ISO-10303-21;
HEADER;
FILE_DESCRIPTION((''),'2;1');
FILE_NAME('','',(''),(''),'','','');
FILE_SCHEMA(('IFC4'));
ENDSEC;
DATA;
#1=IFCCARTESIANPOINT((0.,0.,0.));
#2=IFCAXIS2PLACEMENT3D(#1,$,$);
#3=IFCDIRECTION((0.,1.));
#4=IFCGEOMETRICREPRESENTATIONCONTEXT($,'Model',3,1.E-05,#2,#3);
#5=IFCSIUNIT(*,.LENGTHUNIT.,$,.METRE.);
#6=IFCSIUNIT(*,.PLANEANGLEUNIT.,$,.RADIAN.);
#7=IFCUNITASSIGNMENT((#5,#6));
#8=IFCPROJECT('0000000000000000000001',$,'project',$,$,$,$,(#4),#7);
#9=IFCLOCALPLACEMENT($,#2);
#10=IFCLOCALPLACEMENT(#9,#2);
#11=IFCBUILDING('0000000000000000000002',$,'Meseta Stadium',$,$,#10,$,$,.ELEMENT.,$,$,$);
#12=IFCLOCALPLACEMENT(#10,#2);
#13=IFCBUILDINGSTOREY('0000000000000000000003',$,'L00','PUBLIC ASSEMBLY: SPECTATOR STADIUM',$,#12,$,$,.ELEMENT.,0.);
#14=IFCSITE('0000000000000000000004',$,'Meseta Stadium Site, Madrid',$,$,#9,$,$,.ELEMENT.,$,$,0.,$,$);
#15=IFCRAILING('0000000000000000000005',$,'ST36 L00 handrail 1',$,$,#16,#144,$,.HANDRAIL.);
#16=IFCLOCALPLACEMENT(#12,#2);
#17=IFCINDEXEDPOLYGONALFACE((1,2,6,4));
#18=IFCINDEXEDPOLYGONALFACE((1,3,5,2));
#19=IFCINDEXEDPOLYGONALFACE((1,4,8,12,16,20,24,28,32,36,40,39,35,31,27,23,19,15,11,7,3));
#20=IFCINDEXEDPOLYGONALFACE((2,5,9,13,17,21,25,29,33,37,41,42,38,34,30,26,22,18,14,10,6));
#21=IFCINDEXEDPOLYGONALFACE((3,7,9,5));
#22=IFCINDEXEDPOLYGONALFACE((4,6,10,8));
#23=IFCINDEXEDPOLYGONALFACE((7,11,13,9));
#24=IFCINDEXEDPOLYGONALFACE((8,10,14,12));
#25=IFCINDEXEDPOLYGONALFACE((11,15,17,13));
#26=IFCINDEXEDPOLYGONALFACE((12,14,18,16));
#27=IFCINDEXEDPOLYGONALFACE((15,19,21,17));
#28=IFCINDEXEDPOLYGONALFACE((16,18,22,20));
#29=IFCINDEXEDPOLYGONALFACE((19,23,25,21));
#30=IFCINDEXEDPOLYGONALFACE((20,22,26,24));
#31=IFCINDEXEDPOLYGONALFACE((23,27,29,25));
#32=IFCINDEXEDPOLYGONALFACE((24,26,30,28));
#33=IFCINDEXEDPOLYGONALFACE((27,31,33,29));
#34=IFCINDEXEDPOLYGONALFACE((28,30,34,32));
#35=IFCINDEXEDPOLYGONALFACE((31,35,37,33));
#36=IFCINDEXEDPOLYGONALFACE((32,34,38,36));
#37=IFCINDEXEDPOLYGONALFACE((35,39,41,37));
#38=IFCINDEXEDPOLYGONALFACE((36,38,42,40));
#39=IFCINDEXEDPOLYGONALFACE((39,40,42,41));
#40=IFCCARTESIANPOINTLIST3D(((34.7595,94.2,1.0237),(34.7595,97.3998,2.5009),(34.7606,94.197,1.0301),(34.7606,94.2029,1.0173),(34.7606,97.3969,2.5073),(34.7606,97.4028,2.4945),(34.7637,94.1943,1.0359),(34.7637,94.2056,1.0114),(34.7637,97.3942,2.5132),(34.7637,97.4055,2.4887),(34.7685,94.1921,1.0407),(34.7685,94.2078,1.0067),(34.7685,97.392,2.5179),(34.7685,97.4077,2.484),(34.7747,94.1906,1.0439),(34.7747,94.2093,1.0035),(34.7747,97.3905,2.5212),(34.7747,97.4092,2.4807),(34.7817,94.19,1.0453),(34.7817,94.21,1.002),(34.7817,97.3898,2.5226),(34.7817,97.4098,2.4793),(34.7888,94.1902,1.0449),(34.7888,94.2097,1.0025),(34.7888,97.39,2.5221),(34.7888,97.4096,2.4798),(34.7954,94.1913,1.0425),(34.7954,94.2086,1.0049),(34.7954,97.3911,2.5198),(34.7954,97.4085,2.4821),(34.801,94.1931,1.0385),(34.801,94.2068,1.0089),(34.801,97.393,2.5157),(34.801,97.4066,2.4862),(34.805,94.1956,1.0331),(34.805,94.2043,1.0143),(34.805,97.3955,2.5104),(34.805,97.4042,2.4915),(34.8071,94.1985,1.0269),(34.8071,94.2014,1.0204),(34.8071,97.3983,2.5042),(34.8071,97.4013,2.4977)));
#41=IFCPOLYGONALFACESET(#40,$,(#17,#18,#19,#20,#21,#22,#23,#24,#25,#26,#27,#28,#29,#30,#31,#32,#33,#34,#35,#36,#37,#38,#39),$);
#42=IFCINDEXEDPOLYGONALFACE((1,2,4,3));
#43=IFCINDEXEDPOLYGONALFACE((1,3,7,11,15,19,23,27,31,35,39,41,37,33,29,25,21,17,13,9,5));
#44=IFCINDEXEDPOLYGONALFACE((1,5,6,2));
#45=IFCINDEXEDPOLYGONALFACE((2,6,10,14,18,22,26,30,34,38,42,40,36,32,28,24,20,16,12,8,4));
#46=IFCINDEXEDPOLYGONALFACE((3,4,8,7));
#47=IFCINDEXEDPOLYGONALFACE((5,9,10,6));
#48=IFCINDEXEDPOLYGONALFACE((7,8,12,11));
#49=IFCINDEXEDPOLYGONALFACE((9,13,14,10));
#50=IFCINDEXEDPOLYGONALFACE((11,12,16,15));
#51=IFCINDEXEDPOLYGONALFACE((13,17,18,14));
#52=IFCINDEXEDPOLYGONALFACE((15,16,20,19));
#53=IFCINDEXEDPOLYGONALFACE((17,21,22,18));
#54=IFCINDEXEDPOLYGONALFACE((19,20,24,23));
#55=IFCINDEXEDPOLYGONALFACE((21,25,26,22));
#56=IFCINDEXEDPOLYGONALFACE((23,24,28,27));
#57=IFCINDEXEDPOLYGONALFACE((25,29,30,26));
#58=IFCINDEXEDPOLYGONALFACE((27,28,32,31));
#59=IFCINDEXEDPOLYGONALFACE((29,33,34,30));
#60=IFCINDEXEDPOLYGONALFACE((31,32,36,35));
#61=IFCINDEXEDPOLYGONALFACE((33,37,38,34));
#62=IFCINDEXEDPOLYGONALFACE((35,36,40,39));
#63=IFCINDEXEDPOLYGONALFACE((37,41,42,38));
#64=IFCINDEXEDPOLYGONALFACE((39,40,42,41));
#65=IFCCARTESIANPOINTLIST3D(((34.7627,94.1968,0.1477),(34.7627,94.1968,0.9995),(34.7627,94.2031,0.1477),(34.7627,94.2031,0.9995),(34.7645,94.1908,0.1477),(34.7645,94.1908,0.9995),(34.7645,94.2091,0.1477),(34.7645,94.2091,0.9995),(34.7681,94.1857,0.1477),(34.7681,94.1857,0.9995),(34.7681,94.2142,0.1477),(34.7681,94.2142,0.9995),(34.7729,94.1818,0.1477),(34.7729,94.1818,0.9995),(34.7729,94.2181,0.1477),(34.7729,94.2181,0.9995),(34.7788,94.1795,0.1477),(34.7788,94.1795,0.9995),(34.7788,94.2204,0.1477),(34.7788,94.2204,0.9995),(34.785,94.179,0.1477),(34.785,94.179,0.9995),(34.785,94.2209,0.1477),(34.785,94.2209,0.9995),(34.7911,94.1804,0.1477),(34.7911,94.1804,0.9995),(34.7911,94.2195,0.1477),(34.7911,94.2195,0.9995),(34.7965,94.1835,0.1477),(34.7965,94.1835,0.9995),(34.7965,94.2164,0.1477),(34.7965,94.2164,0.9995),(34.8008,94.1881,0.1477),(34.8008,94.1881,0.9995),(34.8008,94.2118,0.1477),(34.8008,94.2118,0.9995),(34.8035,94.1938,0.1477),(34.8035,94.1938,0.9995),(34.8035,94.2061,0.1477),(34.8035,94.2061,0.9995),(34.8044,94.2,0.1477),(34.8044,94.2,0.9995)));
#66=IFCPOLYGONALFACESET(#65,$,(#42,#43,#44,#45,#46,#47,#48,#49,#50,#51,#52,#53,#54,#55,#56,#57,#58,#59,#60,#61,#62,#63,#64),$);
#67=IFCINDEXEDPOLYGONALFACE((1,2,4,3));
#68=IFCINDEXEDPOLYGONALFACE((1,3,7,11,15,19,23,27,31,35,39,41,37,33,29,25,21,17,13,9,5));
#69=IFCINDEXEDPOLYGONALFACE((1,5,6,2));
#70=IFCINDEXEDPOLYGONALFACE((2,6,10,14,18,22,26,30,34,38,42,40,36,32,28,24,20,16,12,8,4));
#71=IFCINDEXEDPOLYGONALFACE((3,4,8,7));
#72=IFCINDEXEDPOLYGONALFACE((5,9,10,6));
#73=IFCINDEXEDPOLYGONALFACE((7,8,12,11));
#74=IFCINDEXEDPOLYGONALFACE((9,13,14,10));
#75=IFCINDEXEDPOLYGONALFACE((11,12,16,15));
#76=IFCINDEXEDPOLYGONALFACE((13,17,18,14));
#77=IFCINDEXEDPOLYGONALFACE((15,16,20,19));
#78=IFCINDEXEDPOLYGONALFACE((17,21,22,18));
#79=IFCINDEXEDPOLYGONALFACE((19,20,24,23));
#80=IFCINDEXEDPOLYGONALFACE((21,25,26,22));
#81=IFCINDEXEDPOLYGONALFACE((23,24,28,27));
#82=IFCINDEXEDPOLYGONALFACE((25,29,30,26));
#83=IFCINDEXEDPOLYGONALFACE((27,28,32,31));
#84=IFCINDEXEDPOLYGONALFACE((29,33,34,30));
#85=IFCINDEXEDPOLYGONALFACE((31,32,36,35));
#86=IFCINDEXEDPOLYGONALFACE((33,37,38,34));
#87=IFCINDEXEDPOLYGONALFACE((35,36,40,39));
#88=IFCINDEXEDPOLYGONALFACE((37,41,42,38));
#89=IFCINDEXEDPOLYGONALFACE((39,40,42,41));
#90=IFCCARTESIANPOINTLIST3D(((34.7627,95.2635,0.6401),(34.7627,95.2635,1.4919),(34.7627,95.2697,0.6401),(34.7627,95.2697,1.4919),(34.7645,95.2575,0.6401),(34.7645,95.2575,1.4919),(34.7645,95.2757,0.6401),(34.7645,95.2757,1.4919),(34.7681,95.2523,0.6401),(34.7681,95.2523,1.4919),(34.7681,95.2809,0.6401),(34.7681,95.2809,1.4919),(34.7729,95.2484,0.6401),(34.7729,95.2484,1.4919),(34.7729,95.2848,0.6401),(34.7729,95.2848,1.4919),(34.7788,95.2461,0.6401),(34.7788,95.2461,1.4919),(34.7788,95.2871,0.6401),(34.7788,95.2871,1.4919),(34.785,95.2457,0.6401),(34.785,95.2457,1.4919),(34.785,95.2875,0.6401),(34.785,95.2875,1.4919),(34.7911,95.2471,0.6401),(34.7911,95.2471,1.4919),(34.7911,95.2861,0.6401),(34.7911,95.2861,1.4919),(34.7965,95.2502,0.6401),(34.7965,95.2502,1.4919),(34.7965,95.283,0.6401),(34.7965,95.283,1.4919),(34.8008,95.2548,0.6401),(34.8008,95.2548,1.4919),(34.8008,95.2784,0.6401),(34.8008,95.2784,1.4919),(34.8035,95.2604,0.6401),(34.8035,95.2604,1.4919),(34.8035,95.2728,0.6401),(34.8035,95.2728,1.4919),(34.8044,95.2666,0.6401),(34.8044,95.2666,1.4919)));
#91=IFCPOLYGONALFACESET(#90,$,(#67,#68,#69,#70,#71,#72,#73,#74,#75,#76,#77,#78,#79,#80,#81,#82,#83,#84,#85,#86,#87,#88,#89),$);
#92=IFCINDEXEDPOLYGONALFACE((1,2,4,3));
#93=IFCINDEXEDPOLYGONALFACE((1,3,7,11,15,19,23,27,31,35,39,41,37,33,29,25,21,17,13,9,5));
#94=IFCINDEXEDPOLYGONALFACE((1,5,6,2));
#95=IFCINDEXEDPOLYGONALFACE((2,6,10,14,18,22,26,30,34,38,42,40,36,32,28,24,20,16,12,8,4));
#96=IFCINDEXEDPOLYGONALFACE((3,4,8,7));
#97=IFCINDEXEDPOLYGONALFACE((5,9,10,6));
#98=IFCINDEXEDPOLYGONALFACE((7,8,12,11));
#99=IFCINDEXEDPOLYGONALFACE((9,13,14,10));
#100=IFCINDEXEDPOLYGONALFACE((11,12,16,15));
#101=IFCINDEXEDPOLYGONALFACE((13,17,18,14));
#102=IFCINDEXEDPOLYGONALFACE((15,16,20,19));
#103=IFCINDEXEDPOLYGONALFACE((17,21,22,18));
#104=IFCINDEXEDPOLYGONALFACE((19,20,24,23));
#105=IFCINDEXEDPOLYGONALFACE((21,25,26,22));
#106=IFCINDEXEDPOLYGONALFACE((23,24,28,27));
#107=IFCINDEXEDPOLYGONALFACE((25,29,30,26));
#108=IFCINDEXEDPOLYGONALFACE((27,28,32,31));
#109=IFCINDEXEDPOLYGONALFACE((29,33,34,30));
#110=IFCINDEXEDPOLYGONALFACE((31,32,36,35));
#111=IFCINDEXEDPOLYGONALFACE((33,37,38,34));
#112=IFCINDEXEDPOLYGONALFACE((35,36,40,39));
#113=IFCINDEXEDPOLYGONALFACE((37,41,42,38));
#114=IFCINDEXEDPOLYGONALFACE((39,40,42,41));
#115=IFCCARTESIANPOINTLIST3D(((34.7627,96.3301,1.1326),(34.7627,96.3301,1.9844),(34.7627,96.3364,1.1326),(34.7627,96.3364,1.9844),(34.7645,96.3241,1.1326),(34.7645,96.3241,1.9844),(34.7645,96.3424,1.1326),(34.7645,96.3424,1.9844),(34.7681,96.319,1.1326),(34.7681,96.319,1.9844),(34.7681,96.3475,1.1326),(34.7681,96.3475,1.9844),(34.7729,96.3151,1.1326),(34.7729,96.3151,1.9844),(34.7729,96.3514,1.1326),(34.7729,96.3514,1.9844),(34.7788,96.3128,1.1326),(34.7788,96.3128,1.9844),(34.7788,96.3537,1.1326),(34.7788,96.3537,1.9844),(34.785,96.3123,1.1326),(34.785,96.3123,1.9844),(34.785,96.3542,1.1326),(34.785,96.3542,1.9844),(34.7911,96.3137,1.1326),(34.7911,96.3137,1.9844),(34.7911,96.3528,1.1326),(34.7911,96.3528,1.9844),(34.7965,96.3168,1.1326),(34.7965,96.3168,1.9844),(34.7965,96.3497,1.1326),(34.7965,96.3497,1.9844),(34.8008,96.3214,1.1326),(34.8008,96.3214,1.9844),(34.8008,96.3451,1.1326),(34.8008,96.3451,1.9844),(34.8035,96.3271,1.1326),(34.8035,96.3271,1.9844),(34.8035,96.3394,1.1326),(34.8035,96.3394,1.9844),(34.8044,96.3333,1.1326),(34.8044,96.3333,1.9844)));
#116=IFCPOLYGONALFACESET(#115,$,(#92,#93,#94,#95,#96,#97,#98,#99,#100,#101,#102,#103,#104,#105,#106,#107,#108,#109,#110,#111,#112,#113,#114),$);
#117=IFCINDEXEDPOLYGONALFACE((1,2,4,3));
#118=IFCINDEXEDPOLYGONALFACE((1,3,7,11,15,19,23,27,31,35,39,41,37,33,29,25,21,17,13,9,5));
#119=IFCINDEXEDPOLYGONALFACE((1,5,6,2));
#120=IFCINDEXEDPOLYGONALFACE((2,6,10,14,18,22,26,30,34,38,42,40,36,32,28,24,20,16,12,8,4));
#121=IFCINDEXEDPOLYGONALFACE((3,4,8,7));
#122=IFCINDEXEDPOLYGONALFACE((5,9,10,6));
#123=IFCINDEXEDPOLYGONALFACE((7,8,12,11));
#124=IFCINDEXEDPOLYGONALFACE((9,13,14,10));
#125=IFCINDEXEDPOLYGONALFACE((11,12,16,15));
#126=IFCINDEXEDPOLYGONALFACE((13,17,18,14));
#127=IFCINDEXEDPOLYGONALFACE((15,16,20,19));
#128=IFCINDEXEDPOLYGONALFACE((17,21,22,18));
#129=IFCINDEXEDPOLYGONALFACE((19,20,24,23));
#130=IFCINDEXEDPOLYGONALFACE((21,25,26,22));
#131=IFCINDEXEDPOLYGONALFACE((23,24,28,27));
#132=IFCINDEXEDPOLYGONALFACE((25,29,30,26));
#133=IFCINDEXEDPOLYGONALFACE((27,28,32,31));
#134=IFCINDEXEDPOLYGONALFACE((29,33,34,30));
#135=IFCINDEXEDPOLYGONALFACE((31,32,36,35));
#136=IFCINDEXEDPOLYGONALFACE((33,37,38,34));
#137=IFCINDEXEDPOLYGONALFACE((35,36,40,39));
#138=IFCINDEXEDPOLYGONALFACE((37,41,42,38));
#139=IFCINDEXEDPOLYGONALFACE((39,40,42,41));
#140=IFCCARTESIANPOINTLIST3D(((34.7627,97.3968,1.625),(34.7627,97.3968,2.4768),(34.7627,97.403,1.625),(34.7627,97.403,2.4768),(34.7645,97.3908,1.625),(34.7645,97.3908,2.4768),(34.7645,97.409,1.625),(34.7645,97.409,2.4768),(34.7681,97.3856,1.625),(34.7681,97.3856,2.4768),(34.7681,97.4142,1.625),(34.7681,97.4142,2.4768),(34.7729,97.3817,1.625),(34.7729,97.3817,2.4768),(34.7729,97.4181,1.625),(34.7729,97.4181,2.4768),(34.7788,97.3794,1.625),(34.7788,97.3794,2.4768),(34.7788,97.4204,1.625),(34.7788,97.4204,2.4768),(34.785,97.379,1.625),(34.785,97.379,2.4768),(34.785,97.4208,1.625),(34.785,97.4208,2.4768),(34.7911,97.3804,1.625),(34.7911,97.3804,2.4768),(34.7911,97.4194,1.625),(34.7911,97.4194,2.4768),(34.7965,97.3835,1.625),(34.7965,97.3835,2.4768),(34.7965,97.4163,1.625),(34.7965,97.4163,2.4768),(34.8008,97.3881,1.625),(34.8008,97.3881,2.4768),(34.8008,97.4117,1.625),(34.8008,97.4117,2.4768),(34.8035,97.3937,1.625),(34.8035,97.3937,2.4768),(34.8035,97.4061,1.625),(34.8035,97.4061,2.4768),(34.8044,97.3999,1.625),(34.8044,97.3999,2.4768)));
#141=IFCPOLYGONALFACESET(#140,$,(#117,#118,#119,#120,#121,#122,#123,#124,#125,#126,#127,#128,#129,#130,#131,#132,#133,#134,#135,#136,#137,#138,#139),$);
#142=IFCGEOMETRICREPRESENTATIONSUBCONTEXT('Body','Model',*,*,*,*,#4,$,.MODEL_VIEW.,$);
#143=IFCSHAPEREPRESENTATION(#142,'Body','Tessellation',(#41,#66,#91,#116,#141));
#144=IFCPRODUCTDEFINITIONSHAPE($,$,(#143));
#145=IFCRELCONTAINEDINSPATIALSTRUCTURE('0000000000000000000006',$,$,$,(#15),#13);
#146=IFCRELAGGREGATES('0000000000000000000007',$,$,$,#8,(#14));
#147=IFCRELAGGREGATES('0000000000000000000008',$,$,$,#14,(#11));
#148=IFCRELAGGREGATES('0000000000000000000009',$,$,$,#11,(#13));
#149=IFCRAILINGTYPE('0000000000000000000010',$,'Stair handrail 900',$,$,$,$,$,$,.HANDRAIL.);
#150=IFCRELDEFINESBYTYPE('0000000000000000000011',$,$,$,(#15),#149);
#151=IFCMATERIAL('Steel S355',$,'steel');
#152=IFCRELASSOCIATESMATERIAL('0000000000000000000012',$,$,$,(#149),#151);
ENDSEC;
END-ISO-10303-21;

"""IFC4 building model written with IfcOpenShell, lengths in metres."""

from ifc_helpers import new_model, si_unit, direction, frame, origin, origin_2d, place, context, subcontext, project, spatial, circle, extrude, material, type_object, element, save


model = new_model("IFC4")

# Units and contexts
model_context = context("Model", 3, precision=1e-05, world=origin(), true_north=direction((0.0, 1.0)))
body_context = subcontext(model_context, "Body", "Model", "MODEL_VIEW")
ifc_project = project(units=[si_unit("LENGTHUNIT", "METRE"), si_unit("PLANEANGLEUNIT", "RADIAN")], contexts=[model_context])

# Site, building, storey
site_placement = place(None, origin())
site = spatial("IfcSite", under=ifc_project, at=site_placement, Name="Meseta Stadium Site, Madrid", CompositionType="ELEMENT", RefElevation=0.0)
building_placement = place(site_placement, origin())
building = spatial("IfcBuilding", under=site, at=building_placement, Name="Meseta Stadium", CompositionType="ELEMENT")
storey_placement = place(building_placement, origin())
storey = spatial("IfcBuildingStorey", under=building, at=storey_placement, Name="L00", Description="PUBLIC ASSEMBLY: SPECTATOR STADIUM", CompositionType="ELEMENT", Elevation=0.0)

# Railing
ifc_material_1 = material(Name="Steel S355", Category="steel")
railing_type_1 = type_object("IfcRailingType", Name="Stair handrail 900", PredefinedType="HANDRAIL", material=ifc_material_1)
for number, where, name in (
    (1, (34.7834, 94.2, 0.1477), "ST36 L00 handrail 1"),
):
    element("IfcRailing", number, at=place(storey_placement, frame(where)), inside=storey, type_object=railing_type_1, Name=name, PredefinedType="HANDRAIL", context=body_context, shape_type="SweptSolid", body=[
        extrude(circle(Radius=0.0239, at=origin_2d()), frame((0.0, 0.0, 0.876), z_axis=(0.0, 0.907917, 0.41915), x_axis=(-1.0, 0.0, 0.0)), (0.0, 0.0, 1.0), 3.5244),
        extrude(circle(Radius=0.021, at=origin_2d()), origin(), (0.0, 0.0, 1.0), 0.8518),
        extrude(circle(Radius=0.021, at=origin_2d()), frame((0.0, 1.0667, 0.4924)), (0.0, 0.0, 1.0), 0.8518),
        extrude(circle(Radius=0.021, at=origin_2d()), frame((0.0, 2.1333, 0.9849)), (0.0, 0.0, 1.0), 0.8518),
        extrude(circle(Radius=0.021, at=origin_2d()), frame((0.0, 3.2, 1.4773)), (0.0, 0.0, 1.0), 0.8518),
    ])

save(model, "model.ifc")
